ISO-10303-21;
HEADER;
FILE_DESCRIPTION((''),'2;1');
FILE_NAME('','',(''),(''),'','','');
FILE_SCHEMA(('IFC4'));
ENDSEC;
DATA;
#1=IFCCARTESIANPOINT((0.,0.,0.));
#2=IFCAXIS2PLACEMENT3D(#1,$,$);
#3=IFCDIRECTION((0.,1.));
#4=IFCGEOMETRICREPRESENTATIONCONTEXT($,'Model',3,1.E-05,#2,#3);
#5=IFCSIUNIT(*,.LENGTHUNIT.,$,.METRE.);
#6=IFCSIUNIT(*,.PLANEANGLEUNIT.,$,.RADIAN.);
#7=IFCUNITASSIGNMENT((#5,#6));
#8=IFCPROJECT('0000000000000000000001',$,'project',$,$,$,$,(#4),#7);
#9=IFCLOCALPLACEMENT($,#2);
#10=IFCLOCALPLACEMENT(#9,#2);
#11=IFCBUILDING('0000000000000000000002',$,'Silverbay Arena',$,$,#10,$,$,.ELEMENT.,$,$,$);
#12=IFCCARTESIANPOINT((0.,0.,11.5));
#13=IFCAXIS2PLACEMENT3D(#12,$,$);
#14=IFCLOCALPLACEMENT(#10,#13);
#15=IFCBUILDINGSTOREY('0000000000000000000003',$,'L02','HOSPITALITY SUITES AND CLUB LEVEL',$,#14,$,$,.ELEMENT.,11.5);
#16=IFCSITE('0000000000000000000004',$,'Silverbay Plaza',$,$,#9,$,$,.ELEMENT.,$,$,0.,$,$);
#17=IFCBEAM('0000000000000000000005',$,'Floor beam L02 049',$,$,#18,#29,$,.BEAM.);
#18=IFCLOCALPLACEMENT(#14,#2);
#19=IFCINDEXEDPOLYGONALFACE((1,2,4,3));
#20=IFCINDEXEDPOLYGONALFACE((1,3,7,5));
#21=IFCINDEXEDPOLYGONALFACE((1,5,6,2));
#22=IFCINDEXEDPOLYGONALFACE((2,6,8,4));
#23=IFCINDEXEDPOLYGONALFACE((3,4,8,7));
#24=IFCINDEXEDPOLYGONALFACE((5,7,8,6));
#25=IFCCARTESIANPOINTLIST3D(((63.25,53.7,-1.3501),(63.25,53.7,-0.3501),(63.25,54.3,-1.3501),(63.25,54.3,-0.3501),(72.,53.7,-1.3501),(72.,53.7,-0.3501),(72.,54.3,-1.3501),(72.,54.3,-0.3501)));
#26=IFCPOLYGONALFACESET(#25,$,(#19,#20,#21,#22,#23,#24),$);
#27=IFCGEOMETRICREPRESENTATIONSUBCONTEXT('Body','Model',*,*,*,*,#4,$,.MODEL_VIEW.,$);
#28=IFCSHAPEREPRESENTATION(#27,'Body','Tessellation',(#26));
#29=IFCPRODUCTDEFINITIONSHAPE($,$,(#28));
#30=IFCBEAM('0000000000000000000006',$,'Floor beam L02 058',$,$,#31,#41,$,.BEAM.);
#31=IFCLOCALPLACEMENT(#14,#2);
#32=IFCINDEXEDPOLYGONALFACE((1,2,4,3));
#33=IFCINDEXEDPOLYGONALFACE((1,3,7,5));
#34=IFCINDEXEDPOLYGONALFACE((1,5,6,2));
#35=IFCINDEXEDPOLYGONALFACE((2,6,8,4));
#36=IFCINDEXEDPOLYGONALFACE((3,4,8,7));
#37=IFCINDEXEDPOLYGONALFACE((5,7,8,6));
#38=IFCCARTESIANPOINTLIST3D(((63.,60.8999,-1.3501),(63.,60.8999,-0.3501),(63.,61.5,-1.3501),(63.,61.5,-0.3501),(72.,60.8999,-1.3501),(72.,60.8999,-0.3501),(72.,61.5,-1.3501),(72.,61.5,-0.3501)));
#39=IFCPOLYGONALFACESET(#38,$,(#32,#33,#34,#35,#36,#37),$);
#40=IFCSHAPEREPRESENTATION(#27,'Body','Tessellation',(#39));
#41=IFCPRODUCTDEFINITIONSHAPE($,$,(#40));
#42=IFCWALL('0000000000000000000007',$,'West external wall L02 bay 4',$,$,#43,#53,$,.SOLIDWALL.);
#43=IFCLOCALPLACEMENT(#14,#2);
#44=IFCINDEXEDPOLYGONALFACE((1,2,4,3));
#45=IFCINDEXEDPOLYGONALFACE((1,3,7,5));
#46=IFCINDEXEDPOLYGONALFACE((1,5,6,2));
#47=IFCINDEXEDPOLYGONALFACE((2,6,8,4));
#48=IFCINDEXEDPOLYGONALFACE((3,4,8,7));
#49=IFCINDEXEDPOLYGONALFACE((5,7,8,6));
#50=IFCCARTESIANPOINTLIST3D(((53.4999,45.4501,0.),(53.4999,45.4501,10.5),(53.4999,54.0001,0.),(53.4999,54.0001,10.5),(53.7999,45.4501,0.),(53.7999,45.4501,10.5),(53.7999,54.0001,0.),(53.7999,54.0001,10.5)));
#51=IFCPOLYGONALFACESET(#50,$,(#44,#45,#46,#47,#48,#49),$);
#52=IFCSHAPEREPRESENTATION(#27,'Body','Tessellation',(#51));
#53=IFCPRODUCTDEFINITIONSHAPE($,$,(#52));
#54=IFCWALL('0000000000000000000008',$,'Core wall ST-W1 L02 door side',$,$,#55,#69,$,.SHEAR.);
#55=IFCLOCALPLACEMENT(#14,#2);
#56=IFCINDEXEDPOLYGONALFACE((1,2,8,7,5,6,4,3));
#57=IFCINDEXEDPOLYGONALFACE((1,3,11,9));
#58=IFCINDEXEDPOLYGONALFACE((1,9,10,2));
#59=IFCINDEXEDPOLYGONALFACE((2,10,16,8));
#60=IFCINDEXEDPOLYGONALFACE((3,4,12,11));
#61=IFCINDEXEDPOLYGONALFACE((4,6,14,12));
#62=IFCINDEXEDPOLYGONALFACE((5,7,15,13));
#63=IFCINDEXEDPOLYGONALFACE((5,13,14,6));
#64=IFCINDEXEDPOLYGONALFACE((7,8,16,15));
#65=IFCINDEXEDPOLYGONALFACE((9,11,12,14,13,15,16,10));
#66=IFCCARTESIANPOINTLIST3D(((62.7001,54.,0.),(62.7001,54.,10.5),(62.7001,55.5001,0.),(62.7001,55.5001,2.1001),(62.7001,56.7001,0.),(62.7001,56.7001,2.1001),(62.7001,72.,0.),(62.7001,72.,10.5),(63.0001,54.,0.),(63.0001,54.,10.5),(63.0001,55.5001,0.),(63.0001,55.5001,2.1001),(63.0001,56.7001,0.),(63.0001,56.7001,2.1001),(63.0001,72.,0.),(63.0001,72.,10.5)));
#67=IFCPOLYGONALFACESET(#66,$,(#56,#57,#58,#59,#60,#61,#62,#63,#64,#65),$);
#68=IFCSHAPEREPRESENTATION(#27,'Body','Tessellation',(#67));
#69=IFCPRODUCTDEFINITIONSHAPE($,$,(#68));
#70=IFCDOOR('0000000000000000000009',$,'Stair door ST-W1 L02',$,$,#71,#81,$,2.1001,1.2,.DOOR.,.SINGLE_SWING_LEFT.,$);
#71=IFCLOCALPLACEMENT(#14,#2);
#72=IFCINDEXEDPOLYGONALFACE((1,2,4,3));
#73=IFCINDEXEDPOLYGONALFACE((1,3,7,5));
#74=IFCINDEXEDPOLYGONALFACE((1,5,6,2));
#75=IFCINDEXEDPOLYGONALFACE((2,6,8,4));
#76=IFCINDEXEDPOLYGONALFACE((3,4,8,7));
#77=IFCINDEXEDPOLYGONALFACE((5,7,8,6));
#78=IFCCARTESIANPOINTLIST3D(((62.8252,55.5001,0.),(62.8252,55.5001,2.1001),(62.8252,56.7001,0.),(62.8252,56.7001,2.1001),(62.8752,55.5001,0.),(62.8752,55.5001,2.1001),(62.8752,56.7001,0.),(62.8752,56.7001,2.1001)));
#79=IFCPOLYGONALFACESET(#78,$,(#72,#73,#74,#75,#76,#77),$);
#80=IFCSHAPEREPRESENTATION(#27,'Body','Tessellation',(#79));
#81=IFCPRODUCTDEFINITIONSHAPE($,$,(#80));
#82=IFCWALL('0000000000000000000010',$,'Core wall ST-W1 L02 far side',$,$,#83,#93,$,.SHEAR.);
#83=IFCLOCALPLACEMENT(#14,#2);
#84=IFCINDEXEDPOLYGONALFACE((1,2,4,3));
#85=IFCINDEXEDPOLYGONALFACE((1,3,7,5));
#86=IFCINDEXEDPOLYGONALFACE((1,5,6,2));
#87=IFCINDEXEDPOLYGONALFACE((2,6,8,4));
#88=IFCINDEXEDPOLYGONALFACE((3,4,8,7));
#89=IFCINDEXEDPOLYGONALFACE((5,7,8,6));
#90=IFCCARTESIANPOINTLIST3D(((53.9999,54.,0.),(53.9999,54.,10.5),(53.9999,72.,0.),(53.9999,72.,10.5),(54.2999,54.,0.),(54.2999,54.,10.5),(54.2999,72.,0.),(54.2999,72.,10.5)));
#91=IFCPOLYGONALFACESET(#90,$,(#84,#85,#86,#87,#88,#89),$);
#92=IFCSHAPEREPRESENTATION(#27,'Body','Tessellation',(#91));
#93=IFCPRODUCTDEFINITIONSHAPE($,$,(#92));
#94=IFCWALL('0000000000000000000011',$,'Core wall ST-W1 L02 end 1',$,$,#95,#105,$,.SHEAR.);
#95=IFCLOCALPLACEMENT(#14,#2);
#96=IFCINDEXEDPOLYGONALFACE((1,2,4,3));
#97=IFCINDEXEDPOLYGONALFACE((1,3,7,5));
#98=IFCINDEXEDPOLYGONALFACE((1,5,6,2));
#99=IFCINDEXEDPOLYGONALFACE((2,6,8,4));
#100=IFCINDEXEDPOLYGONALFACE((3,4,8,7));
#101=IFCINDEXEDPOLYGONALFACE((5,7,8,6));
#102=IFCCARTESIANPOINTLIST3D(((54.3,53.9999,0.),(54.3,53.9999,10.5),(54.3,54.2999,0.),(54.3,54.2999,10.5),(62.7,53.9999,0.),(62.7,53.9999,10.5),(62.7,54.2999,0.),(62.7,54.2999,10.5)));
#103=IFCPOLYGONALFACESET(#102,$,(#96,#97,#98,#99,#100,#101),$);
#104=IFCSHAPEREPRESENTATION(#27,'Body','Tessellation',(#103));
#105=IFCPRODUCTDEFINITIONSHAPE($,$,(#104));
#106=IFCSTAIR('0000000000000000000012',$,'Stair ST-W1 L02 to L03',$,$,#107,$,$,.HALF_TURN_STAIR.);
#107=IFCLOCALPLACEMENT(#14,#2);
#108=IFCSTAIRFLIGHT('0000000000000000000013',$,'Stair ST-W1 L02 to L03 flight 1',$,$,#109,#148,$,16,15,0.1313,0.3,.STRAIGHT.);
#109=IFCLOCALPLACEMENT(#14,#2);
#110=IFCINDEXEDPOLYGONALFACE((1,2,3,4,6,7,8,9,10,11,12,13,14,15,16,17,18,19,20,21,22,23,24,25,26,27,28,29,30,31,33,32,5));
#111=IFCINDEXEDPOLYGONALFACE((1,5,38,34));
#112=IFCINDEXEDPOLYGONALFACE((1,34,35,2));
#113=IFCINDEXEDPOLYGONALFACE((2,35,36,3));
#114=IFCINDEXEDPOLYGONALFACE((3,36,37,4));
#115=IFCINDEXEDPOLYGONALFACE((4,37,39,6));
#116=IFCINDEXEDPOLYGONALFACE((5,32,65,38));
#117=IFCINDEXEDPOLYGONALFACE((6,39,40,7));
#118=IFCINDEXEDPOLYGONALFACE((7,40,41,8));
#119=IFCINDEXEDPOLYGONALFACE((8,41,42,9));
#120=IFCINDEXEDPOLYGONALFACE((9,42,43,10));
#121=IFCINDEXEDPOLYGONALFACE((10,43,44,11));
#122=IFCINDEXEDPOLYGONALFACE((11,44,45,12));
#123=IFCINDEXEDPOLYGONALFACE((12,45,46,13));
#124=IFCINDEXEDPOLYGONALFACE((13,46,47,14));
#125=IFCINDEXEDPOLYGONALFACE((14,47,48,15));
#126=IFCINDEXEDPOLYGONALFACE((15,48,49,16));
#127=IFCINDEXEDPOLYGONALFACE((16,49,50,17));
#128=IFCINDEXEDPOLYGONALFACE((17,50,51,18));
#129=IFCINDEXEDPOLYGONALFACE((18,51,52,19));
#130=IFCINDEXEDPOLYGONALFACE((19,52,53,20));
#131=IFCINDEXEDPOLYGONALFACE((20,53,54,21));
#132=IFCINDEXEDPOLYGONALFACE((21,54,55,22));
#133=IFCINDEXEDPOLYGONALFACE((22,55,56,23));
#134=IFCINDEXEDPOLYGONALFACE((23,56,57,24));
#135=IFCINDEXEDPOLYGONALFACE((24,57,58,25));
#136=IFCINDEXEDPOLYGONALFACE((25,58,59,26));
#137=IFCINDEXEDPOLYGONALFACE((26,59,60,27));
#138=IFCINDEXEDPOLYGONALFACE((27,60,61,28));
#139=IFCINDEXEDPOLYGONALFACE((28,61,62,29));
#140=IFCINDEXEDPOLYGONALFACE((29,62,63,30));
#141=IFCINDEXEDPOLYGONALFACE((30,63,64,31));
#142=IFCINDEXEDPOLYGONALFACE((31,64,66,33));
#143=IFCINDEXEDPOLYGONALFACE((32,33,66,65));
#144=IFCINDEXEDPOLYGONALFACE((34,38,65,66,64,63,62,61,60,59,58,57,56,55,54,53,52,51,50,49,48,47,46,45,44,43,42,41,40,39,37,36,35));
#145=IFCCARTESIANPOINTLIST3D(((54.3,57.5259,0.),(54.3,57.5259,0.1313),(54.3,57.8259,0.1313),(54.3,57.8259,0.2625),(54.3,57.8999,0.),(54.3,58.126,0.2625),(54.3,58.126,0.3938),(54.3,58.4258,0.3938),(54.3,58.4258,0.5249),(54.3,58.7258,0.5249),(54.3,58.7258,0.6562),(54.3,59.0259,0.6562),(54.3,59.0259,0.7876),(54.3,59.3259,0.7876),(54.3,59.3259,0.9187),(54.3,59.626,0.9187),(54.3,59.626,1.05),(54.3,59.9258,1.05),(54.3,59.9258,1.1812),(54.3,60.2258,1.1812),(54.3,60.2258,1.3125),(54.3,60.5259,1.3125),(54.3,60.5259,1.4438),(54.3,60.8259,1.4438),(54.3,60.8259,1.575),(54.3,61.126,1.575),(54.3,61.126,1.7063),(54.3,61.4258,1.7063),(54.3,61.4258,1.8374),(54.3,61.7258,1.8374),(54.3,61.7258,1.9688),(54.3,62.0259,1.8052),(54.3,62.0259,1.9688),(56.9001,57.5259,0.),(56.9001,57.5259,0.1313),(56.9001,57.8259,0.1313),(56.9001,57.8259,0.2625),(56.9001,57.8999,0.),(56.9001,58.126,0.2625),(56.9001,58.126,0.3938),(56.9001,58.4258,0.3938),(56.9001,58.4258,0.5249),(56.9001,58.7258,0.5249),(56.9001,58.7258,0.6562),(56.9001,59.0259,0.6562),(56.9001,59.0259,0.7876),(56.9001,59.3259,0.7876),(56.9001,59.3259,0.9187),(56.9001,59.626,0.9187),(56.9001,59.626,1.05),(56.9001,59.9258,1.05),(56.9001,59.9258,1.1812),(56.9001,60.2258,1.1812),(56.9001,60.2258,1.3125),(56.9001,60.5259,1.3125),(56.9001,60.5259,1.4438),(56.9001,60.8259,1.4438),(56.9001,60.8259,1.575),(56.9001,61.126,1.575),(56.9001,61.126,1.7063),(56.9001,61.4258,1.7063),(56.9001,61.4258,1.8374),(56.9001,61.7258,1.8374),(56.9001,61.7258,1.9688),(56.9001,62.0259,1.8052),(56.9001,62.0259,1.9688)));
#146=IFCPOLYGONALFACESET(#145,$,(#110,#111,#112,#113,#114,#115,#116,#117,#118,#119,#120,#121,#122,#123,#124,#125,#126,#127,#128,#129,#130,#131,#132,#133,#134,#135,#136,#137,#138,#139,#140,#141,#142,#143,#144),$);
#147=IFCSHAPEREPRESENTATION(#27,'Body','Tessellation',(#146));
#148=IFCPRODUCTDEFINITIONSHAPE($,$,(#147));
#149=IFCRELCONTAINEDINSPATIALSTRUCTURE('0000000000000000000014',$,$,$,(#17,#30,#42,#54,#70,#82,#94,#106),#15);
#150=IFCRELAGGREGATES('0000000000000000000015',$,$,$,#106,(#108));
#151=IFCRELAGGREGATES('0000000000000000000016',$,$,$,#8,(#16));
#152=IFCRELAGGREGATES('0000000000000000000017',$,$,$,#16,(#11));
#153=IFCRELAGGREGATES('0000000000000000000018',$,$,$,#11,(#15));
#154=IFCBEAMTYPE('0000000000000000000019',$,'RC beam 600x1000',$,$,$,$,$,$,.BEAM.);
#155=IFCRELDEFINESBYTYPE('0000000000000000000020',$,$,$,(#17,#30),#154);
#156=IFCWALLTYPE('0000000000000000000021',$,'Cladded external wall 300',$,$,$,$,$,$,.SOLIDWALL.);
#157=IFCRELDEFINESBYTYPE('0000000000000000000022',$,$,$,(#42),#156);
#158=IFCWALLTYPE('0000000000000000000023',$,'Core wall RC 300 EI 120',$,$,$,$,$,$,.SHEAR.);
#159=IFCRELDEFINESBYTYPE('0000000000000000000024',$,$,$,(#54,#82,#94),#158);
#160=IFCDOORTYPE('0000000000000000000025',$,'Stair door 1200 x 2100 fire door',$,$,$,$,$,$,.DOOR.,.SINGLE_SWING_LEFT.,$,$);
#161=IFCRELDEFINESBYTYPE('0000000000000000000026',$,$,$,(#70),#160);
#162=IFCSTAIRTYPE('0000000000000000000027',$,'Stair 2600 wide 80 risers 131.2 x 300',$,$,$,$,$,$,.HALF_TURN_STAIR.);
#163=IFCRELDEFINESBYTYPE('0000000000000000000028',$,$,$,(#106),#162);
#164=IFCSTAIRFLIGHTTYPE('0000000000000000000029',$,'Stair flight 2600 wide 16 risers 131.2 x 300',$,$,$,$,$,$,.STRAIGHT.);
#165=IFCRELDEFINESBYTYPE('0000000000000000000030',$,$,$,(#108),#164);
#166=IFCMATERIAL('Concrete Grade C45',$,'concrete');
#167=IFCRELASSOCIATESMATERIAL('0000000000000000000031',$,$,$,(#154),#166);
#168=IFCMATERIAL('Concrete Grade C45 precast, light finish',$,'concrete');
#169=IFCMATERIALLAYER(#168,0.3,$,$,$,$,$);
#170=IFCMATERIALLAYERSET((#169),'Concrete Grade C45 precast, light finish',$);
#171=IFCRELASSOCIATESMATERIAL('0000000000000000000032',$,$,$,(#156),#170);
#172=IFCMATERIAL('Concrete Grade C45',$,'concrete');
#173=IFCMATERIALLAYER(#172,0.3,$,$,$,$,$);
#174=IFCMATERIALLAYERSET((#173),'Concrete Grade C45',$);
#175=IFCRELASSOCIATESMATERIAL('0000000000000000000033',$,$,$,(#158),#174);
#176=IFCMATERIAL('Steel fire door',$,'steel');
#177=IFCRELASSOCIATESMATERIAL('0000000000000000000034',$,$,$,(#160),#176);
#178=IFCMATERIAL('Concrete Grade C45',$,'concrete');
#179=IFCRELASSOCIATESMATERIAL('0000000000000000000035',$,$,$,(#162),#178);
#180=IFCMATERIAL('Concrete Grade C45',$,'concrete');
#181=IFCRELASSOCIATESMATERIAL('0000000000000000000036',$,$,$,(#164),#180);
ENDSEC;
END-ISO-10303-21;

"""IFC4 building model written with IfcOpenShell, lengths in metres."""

from ifc_helpers import new_model, si_unit, direction, frame, frame_2d, origin, origin_2d, place, context, subcontext, project, spatial, polyline, rectangle, outline, extrude, material, layer, layer_set, material_profile, profile_set, type_object, element, fill, aggregate, save


model = new_model("IFC4")

# Units and contexts
model_context = context("Model", 3, precision=1e-05, world=origin(), true_north=direction((0.0, 1.0)))
body_context = subcontext(model_context, "Body", "Model", "MODEL_VIEW")
ifc_project = project(units=[si_unit("LENGTHUNIT", "METRE"), si_unit("PLANEANGLEUNIT", "RADIAN")], contexts=[model_context])

# Site, building, storey
site_placement = place(None, origin())
site = spatial("IfcSite", under=ifc_project, at=site_placement, Name="Silverbay Plaza", CompositionType="ELEMENT", RefElevation=0.0)
building_placement = place(site_placement, origin())
building = spatial("IfcBuilding", under=site, at=building_placement, Name="Silverbay Arena", CompositionType="ELEMENT")
storey_placement = place(building_placement, frame((0.0, 0.0, 11.5)))
storey = spatial("IfcBuildingStorey", under=building, at=storey_placement, Name="L02", Description="HOSPITALITY SUITES AND CLUB LEVEL", CompositionType="ELEMENT", Elevation=11.5)

# Beams
ifc_material_1 = material(Name="Concrete Grade C45", Category="concrete")
ifc_material_profile = material_profile(ifc_material_1, rectangle(XDim=0.6001, YDim=1.0, at=origin_2d()), Name="RC 600x1000")
ifc_profile_set = profile_set([ifc_material_profile], Name="Concrete Grade C45")
beam_type = type_object("IfcBeamType", Name="RC beam 600x1000", PredefinedType="BEAM", material=ifc_profile_set)
beam_1_placement = place(storey_placement, frame((63.25, 54.0, -0.8501), z_axis=(1.0, 0.0, 0.0), x_axis=(0.0, 1.0, 0.0)))
element("IfcBeam", 1, at=beam_1_placement, inside=storey, type_object=beam_type, Name="Floor beam L02 049", PredefinedType="BEAM", context=body_context, shape_type="SweptSolid", body=[
    extrude(rectangle(XDim=0.6001, YDim=1.0, at=origin_2d()), origin(), (0.0, 0.0, 1.0), 8.75),
])
beam_2_placement = place(storey_placement, frame((63.0, 61.2, -0.8501), z_axis=(1.0, 0.0, 0.0), x_axis=(0.0, 1.0, 0.0)))
element("IfcBeam", 2, at=beam_2_placement, inside=storey, type_object=beam_type, Name="Floor beam L02 058", PredefinedType="BEAM", context=body_context, shape_type="SweptSolid", body=[
    extrude(rectangle(XDim=0.6001, YDim=1.0, at=origin_2d()), origin(), (0.0, 0.0, 1.0), 9.0),
])

# Wall
ifc_material_2 = material(Name="Concrete Grade C45 precast, light finish", Category="concrete")
ifc_layer_1 = layer(ifc_material_2, 0.3)
ifc_layer_set_1 = layer_set([ifc_layer_1], Name="Concrete Grade C45 precast, light finish")
wall_type_1 = type_object("IfcWallType", Name="Cladded external wall 300", PredefinedType="SOLIDWALL", material=ifc_layer_set_1)
wall_1_placement = place(storey_placement, frame((53.6499, 54.0, 0.0), z_axis=(0.0, 0.0, 1.0), x_axis=(0.0, -1.0, 0.0)))
element("IfcWall", 3, at=wall_1_placement, inside=storey, type_object=wall_type_1, Name="West external wall L02 bay 4", PredefinedType="SOLIDWALL", context=body_context, shape_type="SweptSolid", body=[
    extrude(rectangle(XDim=8.55, YDim=0.3, at=frame_2d((4.2749, 0.0))), origin(), (0.0, 0.0, 1.0), 10.5),
])

# Wall, opening, door
ifc_material_3 = material(Name="Concrete Grade C45", Category="concrete")
ifc_layer_2 = layer(ifc_material_3, 0.3)
ifc_layer_set_2 = layer_set([ifc_layer_2], Name="Concrete Grade C45")
wall_type_2 = type_object("IfcWallType", Name="Core wall RC 300 EI 120", PredefinedType="SHEAR", material=ifc_layer_set_2)
wall_2_placement = place(storey_placement, frame((62.8501, 54.0, 0.0), z_axis=(0.0, 0.0, 1.0), x_axis=(0.0, 1.0, 0.0)))
wall_2 = element("IfcWall", 4, at=wall_2_placement, inside=storey, type_object=wall_type_2, Name="Core wall ST-W1 L02 door side", PredefinedType="SHEAR", context=body_context, shape_type="SweptSolid", body=[
    extrude(rectangle(XDim=18.0, YDim=0.3, at=frame_2d((9.0, 0.0))), origin(), (0.0, 0.0, 1.0), 10.5),
])
opening_placement = place(wall_2_placement, frame((1.5, 0.0, 0.0)))
opening = element("IfcOpeningElement", 5, at=opening_placement, cuts=wall_2, PredefinedType="OPENING", context=body_context, shape_type="SweptSolid", body=[
    extrude(rectangle(XDim=1.2, YDim=2.1001, at=frame_2d((0.6001, 1.05))), frame((0.0, 0.1602, 0.0), z_axis=(0.0, -1.0, 0.0), x_axis=(1.0, 0.0, 0.0)), (0.0, 0.0, 1.0), 0.3201),
])
ifc_material_4 = material(Name="Steel fire door", Category="steel")
door_type = type_object("IfcDoorType", Name="Stair door 1200 x 2100 fire door", OperationType="SINGLE_SWING_LEFT", PredefinedType="DOOR", material=ifc_material_4)
door_placement = place(opening_placement, origin())
door = element("IfcDoor", 6, at=door_placement, inside=storey, type_object=door_type, Name="Stair door ST-W1 L02", OperationType="SINGLE_SWING_LEFT", OverallHeight=2.1001, OverallWidth=1.2, PredefinedType="DOOR", context=body_context, shape_type="SweptSolid", body=[
    extrude(rectangle(XDim=1.2, YDim=2.1001, at=frame_2d((0.6001, 1.05))), frame((0.0, 0.0249, 0.0), z_axis=(0.0, -1.0, 0.0), x_axis=(1.0, 0.0, 0.0)), (0.0, 0.0, 1.0), 0.05),
])
fill(opening, door)

# Walls
wall_3_placement = place(storey_placement, frame((54.1499, 54.0, 0.0), z_axis=(0.0, 0.0, 1.0), x_axis=(0.0, 1.0, 0.0)))
element("IfcWall", 7, at=wall_3_placement, inside=storey, type_object=wall_type_2, Name="Core wall ST-W1 L02 far side", PredefinedType="SHEAR", context=body_context, shape_type="SweptSolid", body=[
    extrude(rectangle(XDim=18.0, YDim=0.3, at=frame_2d((9.0, 0.0))), origin(), (0.0, 0.0, 1.0), 10.5),
])
wall_4_placement = place(storey_placement, frame((62.7, 54.1499, 0.0), z_axis=(0.0, 0.0, 1.0), x_axis=(-1.0, 0.0, 0.0)))
element("IfcWall", 8, at=wall_4_placement, inside=storey, type_object=wall_type_2, Name="Core wall ST-W1 L02 end 1", PredefinedType="SHEAR", context=body_context, shape_type="SweptSolid", body=[
    extrude(rectangle(XDim=8.3999, YDim=0.3, at=frame_2d((4.2, 0.0))), origin(), (0.0, 0.0, 1.0), 10.5),
])

# Stair, stair flight
ifc_material_5 = material(Name="Concrete Grade C45", Category="concrete")
stair_type = type_object("IfcStairType", Name="Stair 2600 wide 80 risers 131.2 x 300", PredefinedType="HALF_TURN_STAIR", material=ifc_material_5)
stair_placement = place(storey_placement, origin())
stair = element("IfcStair", 9, at=stair_placement, inside=storey, type_object=stair_type, Name="Stair ST-W1 L02 to L03", PredefinedType="HALF_TURN_STAIR")
ifc_material_6 = material(Name="Concrete Grade C45", Category="concrete")
stair_flight_type = type_object("IfcStairFlightType", Name="Stair flight 2600 wide 16 risers 131.2 x 300", PredefinedType="STRAIGHT", material=ifc_material_6)
stair_flight_1_placement = place(storey_placement, frame((55.6001, 57.5259, 0.0), z_axis=(0.0, 0.0, 1.0), x_axis=(0.0, 1.0, 0.0)))
stair_flight_1 = element("IfcStairFlight", 10, at=stair_flight_1_placement, type_object=stair_flight_type, Name="Stair ST-W1 L02 to L03 flight 1", NumberOfRisers=16, NumberOfTreads=15, PredefinedType="STRAIGHT", RiserHeight=0.1313, TreadLength=0.3, context=body_context, shape_type="SweptSolid", body=[
    extrude(outline(polyline([(0.0, 0.0), (0.0, 0.1313), (0.3, 0.1313), (0.3, 0.2625), (0.6001, 0.2625), (0.6001, 0.3938), (0.8999, 0.3938), (0.8999, 0.5249), (1.2, 0.5249), (1.2, 0.6562), (1.5, 0.6562), (1.5, 0.7876), (1.8, 0.7876), (1.8, 0.9187), (2.1001, 0.9187), (2.1001, 1.05), (2.3999, 1.05), (2.3999, 1.1812), (2.7, 1.1812), (2.7, 1.3125), (3.0, 1.3125), (3.0, 1.4438), (3.3, 1.4438), (3.3, 1.575), (3.6001, 1.575), (3.6001, 1.7063), (3.8999, 1.7063), (3.8999, 1.8374), (4.2, 1.8374), (4.2, 1.9688), (4.5, 1.9688), (4.5, 1.8052), (0.374, 0.0), (0.0, 0.0)])), frame((0.0, 1.3, 0.0), z_axis=(0.0, -1.0, 0.0), x_axis=(1.0, 0.0, 0.0)), (0.0, 0.0, 1.0), 2.6001),
])
aggregate(stair, [stair_flight_1])

save(model, "model.ifc")
